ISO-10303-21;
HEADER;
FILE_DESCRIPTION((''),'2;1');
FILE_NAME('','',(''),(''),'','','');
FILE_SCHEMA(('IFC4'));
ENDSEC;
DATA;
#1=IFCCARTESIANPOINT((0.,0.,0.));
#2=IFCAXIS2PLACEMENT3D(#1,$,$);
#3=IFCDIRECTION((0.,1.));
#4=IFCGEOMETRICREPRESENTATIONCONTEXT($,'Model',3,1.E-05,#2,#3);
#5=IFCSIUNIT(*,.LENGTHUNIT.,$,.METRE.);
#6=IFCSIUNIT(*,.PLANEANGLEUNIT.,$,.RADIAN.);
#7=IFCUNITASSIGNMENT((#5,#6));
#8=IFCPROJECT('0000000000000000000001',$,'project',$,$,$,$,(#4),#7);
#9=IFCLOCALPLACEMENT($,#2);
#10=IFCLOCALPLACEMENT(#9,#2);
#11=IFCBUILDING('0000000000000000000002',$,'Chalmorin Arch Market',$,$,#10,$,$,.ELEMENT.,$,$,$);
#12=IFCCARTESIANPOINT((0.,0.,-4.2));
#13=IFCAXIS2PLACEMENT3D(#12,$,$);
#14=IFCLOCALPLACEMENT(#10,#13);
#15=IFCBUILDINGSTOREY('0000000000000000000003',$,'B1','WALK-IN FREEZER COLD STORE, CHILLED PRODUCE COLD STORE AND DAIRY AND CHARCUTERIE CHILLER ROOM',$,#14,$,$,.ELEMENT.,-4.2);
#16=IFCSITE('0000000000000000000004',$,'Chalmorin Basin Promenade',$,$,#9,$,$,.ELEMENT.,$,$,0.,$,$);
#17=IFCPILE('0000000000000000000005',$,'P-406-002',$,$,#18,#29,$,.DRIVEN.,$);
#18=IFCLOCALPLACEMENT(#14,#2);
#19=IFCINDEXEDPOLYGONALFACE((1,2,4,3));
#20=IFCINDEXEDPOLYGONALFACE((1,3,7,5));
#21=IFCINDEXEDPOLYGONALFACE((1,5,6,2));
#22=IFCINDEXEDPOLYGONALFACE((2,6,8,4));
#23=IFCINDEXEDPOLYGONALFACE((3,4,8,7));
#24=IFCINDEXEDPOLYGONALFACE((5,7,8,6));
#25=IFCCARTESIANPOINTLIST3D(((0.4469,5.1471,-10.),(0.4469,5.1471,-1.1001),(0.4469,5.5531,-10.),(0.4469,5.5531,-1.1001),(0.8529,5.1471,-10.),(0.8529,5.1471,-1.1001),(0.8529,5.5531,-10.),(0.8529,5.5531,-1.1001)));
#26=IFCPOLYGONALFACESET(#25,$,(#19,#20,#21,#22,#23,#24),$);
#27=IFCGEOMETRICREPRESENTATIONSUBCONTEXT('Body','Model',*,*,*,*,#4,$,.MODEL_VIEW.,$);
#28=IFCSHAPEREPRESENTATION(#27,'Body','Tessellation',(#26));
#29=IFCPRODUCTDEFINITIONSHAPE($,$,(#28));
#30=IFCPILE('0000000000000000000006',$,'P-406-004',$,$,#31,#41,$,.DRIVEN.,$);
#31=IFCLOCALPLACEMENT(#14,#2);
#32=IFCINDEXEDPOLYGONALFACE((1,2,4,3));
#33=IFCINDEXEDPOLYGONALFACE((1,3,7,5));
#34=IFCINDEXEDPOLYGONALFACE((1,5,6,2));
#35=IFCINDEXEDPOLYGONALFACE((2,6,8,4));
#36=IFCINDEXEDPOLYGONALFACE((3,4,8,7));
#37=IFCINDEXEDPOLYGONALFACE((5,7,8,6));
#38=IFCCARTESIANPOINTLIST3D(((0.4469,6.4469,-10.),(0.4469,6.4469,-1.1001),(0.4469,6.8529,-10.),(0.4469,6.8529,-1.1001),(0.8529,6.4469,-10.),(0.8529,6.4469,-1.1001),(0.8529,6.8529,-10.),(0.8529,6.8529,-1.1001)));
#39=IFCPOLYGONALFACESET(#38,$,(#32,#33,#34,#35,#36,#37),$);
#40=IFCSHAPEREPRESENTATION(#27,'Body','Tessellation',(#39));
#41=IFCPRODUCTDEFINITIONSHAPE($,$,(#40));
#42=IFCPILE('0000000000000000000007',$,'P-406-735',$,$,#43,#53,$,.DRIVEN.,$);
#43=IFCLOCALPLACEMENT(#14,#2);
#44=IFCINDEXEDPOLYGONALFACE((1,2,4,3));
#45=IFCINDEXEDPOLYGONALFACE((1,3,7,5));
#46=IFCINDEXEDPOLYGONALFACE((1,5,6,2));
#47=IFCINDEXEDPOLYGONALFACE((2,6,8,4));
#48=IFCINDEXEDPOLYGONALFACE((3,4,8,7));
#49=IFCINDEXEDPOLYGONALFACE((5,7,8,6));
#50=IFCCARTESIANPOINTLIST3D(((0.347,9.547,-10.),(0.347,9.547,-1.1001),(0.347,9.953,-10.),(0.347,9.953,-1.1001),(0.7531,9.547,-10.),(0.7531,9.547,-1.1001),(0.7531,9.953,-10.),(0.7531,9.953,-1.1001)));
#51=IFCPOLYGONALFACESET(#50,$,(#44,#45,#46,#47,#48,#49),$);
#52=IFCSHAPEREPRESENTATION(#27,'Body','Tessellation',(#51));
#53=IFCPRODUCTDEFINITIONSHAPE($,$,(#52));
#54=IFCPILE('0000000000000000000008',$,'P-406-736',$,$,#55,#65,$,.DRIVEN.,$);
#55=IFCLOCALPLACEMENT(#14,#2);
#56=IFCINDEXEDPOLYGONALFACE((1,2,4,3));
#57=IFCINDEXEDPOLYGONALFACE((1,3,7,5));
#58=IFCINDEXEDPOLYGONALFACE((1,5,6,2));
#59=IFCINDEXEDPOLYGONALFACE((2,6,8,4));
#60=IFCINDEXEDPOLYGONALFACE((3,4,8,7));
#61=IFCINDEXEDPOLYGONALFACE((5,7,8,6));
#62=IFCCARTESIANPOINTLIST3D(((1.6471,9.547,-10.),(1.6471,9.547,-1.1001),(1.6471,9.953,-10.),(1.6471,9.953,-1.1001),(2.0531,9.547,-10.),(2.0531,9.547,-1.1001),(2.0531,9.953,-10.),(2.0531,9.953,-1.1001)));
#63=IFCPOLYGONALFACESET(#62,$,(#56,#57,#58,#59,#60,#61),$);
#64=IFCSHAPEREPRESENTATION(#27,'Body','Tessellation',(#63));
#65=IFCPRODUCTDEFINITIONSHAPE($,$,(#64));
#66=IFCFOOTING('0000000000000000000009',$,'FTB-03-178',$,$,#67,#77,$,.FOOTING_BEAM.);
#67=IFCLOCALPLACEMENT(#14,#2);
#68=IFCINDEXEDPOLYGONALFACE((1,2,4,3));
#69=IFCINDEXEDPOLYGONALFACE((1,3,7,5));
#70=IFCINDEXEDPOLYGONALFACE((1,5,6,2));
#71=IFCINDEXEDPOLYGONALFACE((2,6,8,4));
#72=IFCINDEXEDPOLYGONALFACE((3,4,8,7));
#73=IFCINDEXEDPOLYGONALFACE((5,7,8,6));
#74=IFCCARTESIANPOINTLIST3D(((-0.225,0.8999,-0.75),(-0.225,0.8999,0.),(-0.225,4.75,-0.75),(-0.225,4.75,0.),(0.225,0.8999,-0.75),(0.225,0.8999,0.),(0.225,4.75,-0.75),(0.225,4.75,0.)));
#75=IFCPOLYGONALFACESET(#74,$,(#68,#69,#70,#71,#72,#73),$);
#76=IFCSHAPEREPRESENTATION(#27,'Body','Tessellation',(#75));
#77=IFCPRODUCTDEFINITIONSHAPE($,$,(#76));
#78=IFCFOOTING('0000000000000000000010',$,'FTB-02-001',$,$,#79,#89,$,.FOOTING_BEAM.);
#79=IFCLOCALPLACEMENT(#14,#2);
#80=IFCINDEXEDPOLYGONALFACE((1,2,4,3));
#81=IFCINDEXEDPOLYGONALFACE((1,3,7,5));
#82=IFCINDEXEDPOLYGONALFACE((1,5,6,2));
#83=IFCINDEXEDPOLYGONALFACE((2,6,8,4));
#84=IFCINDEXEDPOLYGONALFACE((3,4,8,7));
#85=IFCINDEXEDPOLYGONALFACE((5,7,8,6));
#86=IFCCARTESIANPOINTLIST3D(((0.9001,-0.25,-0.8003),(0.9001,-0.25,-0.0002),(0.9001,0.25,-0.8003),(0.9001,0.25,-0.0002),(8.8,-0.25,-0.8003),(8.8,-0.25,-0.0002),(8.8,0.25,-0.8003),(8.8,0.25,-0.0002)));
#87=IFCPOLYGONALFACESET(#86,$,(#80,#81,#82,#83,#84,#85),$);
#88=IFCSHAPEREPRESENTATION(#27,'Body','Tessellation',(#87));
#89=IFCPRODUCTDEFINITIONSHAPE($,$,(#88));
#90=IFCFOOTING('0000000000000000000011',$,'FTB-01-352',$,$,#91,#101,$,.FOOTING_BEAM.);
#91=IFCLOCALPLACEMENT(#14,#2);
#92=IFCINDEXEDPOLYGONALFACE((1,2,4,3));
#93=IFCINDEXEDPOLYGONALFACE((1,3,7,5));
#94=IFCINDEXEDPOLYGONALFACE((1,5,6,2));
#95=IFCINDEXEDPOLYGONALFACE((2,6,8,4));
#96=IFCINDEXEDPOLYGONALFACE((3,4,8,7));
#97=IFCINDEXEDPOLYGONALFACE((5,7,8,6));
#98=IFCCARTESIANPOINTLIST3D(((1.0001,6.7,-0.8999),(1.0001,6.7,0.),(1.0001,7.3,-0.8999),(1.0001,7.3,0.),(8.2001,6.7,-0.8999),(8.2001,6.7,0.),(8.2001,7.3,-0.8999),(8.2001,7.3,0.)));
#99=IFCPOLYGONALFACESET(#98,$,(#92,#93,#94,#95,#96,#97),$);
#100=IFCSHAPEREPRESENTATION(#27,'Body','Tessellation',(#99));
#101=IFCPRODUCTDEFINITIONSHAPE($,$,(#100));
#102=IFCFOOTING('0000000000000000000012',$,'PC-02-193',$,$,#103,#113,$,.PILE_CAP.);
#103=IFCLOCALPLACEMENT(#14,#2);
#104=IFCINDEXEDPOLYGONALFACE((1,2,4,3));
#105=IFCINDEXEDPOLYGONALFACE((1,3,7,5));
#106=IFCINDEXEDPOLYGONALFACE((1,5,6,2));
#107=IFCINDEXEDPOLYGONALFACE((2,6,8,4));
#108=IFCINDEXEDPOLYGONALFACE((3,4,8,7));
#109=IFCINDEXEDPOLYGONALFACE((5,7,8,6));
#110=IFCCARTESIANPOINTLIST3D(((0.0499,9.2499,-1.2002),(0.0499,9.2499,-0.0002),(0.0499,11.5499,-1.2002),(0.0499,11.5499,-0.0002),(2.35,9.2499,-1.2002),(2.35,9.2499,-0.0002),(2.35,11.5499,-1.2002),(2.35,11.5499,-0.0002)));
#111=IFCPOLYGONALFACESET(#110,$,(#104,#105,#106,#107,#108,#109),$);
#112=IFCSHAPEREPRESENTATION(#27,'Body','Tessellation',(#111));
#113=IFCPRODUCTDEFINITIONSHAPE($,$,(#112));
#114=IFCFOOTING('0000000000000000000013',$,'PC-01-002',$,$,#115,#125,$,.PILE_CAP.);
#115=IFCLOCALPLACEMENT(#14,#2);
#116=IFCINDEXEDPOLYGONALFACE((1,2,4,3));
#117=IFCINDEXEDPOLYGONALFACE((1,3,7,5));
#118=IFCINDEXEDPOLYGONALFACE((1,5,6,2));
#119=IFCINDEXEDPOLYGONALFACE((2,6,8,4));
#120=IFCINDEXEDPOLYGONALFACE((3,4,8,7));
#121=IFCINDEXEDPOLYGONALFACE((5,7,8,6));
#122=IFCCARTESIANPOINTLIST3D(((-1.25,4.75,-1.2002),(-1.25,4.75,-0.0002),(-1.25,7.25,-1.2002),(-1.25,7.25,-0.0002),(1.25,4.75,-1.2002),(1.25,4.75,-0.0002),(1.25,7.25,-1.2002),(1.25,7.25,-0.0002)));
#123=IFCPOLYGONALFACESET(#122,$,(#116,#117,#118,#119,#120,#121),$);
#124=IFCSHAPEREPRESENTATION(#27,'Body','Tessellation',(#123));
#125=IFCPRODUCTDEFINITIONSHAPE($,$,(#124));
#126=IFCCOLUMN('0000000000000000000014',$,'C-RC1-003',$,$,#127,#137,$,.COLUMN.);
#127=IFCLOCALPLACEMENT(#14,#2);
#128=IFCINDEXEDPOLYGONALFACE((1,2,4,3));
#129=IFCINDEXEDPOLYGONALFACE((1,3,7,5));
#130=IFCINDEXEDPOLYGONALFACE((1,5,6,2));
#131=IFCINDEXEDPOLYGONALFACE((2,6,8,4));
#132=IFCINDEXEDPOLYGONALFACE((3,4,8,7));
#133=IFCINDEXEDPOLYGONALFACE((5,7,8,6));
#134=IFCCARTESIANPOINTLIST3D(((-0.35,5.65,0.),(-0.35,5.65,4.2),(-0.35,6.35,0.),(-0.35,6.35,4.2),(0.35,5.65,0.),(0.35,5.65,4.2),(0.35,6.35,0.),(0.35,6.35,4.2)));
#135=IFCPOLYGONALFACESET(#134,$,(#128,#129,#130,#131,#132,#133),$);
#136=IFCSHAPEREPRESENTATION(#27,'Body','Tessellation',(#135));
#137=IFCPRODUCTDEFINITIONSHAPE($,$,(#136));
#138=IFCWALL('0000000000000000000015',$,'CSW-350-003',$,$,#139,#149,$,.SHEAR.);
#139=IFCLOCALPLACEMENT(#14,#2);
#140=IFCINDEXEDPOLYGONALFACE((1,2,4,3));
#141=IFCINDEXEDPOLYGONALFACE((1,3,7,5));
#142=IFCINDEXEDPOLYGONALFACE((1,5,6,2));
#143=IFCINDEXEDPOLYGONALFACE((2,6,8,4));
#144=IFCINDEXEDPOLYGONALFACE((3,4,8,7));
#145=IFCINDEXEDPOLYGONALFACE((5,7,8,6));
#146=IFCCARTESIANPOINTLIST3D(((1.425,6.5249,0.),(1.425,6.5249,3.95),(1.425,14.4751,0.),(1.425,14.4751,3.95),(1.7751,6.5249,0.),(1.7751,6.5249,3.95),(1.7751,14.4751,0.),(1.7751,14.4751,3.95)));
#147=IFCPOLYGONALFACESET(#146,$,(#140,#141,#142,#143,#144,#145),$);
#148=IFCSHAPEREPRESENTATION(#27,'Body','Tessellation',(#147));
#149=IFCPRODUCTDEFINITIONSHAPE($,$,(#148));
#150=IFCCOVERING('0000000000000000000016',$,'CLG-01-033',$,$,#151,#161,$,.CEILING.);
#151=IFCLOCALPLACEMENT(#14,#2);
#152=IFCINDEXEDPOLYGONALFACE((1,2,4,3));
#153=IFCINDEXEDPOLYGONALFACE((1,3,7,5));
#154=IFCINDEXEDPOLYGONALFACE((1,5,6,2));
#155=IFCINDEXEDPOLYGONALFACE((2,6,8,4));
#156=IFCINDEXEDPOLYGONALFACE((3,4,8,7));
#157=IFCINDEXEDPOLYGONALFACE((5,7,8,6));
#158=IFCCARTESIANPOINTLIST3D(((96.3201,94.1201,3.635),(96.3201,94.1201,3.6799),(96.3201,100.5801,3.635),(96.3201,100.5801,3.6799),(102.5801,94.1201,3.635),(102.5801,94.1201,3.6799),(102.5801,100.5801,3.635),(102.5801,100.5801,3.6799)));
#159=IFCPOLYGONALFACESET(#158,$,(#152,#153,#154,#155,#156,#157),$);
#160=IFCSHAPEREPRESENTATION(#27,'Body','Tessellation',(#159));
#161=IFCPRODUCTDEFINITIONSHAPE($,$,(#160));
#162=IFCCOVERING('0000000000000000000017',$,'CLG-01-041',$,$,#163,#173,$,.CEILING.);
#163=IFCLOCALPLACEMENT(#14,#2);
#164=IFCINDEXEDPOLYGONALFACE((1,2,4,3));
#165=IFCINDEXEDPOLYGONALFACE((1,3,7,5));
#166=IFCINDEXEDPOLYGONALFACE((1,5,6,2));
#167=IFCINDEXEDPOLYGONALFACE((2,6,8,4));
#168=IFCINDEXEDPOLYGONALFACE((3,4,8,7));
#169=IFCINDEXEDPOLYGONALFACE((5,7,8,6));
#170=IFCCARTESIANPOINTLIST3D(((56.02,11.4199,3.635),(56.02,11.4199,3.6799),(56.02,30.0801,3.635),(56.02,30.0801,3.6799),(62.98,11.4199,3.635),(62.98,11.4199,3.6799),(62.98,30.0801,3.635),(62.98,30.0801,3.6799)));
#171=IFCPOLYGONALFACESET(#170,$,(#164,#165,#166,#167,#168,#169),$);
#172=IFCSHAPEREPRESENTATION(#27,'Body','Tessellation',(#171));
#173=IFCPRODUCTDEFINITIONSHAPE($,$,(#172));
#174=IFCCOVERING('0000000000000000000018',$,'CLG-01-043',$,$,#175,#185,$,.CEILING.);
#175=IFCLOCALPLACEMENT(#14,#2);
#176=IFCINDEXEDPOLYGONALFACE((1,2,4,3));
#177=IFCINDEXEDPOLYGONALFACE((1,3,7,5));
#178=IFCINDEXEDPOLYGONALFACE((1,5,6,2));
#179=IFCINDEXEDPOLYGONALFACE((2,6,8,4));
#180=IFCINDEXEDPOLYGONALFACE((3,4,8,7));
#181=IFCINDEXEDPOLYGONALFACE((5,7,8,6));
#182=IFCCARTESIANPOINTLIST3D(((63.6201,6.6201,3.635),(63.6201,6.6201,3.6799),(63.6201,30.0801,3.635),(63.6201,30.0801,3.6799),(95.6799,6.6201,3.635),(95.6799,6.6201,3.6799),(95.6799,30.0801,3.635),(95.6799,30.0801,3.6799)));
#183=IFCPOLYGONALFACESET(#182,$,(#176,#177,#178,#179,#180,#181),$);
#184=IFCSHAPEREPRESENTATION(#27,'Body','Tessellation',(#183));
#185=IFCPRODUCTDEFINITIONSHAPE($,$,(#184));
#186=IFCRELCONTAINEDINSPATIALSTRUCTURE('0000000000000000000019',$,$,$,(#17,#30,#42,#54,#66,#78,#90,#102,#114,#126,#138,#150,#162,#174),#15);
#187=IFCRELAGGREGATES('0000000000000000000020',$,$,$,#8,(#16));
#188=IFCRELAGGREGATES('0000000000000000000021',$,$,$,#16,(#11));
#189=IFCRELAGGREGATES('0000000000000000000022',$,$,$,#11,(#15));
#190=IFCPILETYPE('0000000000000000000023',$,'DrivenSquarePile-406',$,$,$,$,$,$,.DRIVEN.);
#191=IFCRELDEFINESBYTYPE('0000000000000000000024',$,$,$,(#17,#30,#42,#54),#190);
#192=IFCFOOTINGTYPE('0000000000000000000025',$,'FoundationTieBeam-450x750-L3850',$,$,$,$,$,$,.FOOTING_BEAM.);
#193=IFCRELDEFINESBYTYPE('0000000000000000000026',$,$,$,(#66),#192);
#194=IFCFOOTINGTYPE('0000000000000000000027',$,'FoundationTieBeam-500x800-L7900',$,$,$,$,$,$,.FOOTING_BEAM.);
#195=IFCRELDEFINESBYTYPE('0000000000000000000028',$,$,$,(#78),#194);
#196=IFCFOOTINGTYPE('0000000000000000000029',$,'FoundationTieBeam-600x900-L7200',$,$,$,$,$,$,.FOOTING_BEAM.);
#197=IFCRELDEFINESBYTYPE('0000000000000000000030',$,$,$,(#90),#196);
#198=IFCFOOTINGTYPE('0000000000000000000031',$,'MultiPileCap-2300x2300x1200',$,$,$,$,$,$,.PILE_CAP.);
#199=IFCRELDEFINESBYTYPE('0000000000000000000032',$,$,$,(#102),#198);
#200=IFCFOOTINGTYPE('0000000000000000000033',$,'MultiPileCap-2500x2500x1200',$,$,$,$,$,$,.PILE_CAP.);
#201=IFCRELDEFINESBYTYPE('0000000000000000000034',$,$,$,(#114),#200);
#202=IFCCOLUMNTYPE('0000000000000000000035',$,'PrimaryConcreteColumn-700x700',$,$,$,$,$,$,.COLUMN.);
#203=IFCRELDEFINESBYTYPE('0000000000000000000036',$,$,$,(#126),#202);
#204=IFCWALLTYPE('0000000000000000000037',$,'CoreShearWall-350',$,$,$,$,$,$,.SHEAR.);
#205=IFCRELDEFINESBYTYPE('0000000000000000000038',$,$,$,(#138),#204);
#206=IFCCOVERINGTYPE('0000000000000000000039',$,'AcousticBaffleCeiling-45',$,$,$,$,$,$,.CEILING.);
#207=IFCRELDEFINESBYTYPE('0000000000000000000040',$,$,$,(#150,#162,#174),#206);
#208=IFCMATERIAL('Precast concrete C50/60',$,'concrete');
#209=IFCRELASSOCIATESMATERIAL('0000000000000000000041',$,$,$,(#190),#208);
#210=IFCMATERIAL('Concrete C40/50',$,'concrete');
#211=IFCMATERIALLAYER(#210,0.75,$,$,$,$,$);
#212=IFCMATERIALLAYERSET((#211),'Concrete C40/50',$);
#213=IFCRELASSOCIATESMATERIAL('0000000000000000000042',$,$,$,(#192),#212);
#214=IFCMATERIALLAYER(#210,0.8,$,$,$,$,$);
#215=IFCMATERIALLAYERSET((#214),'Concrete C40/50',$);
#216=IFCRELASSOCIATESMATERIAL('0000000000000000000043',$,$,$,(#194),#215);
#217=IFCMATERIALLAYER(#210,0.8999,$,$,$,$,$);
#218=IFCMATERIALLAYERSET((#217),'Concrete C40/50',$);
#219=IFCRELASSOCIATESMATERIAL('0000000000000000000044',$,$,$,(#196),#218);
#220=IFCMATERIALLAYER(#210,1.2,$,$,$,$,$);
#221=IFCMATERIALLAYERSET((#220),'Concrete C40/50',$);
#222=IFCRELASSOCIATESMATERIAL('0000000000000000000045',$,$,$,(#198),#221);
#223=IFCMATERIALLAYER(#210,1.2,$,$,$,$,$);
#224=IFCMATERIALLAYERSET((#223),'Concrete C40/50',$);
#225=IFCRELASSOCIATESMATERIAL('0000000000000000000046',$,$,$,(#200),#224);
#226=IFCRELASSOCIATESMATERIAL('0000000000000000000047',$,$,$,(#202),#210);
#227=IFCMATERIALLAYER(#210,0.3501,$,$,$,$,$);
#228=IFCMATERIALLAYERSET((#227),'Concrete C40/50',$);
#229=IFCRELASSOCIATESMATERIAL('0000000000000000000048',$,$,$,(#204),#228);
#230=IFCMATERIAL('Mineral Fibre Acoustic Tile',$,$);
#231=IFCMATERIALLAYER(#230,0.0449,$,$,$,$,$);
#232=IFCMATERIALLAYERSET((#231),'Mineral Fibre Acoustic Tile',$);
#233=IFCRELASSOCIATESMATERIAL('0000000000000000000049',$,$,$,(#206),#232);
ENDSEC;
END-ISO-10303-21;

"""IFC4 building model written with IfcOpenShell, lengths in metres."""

from ifc_helpers import new_model, si_unit, direction, frame, frame_2d, origin, origin_2d, place, context, subcontext, project, spatial, polyline, rectangle, outline, extrude, material, layer, layer_set, material_profile, profile_set, type_object, element, save


model = new_model("IFC4")

# Units and contexts
model_context = context("Model", 3, precision=1e-05, world=origin(), true_north=direction((0.0, 1.0)))
body_context = subcontext(model_context, "Body", "Model", "MODEL_VIEW")
ifc_project = project(units=[si_unit("LENGTHUNIT", "METRE"), si_unit("PLANEANGLEUNIT", "RADIAN")], contexts=[model_context])

# Site, building, storey
site_placement = place(None, origin())
site = spatial("IfcSite", under=ifc_project, at=site_placement, Name="Chalmorin Basin Promenade", CompositionType="ELEMENT", RefElevation=0.0)
building_placement = place(site_placement, origin())
building = spatial("IfcBuilding", under=site, at=building_placement, Name="Chalmorin Arch Market", CompositionType="ELEMENT")
storey_placement = place(building_placement, frame((0.0, 0.0, -4.2)))
storey = spatial("IfcBuildingStorey", under=building, at=storey_placement, Name="B1", Description="WALK-IN FREEZER COLD STORE, CHILLED PRODUCE COLD STORE AND DAIRY AND CHARCUTERIE CHILLER ROOM", CompositionType="ELEMENT", Elevation=-4.2)

# Piles
ifc_material_1 = material(Name="Precast concrete C50/60", Category="concrete")
ifc_material_profile_1 = material_profile(ifc_material_1, rectangle(XDim=0.406, YDim=0.406, at=origin_2d()), Name="PPC406")
ifc_profile_set_1 = profile_set([ifc_material_profile_1], Name="Precast concrete C50/60")
pile_type = type_object("IfcPileType", Name="DrivenSquarePile-406", PredefinedType="DRIVEN", material=ifc_profile_set_1)
for number, where, z_axis, x_axis, name in (
    (1, (0.6499, 5.3501, -1.1001), (0.0, 0.0, -1.0), (1.0, 0.0, 0.0), "P-406-002"),
    (2, (0.6499, 6.6499, -1.1001), (0.0, 0.0, -1.0), (1.0, 0.0, 0.0), "P-406-004"),
    (3, (0.55, 9.75, -1.1001), (0.0, 0.0, -1.0), (1.0, 0.0, 0.0), "P-406-735"),
    (4, (1.8501, 9.75, -1.1001), (0.0, 0.0, -1.0), (1.0, 0.0, 0.0), "P-406-736"),
):
    element("IfcPile", number, at=place(storey_placement, frame(where, z_axis=z_axis, x_axis=x_axis)), inside=storey, type_object=pile_type, Name=name, PredefinedType="DRIVEN", context=body_context, shape_type="SweptSolid", body=[
        extrude(rectangle(XDim=0.406, YDim=0.406, at=origin_2d()), origin(), (0.0, 0.0, 1.0), 8.8999),
    ])

# Footings
ifc_material_2 = material(Name="Concrete C40/50", Category="concrete")
ifc_layer_1 = layer(ifc_material_2, 0.75)
ifc_layer_set_1 = layer_set([ifc_layer_1], Name="Concrete C40/50")
footing_type_1 = type_object("IfcFootingType", Name="FoundationTieBeam-450x750-L3850", PredefinedType="FOOTING_BEAM", material=ifc_layer_set_1)
footing_1_placement = place(storey_placement, frame((0.0, 2.825, -0.75), z_axis=(0.0, 0.0, 1.0), x_axis=(0.0, 1.0, 0.0)))
element("IfcFooting", 5, at=footing_1_placement, inside=storey, type_object=footing_type_1, Name="FTB-03-178", PredefinedType="FOOTING_BEAM", context=body_context, shape_type="SweptSolid", body=[
    extrude(rectangle(XDim=3.8501, YDim=0.45, at=origin_2d()), origin(), (0.0, 0.0, 1.0), 0.75),
])
ifc_layer_2 = layer(ifc_material_2, 0.8)
ifc_layer_set_2 = layer_set([ifc_layer_2], Name="Concrete C40/50")
footing_type_2 = type_object("IfcFootingType", Name="FoundationTieBeam-500x800-L7900", PredefinedType="FOOTING_BEAM", material=ifc_layer_set_2)
footing_2_placement = place(storey_placement, frame((4.8501, 0.0, -0.8003), z_axis=(0.0, 0.0, 1.0), x_axis=(1.0, 0.0, 0.0)))
element("IfcFooting", 6, at=footing_2_placement, inside=storey, type_object=footing_type_2, Name="FTB-02-001", PredefinedType="FOOTING_BEAM", context=body_context, shape_type="SweptSolid", body=[
    extrude(rectangle(XDim=7.8999, YDim=0.5, at=origin_2d()), origin(), (0.0, 0.0, 1.0), 0.8),
])
ifc_layer_3 = layer(ifc_material_2, 0.8999)
ifc_layer_set_3 = layer_set([ifc_layer_3], Name="Concrete C40/50")
footing_type_3 = type_object("IfcFootingType", Name="FoundationTieBeam-600x900-L7200", PredefinedType="FOOTING_BEAM", material=ifc_layer_set_3)
footing_3_placement = place(storey_placement, frame((4.6001, 7.0, -0.8999), z_axis=(0.0, 0.0, 1.0), x_axis=(1.0, 0.0, 0.0)))
element("IfcFooting", 7, at=footing_3_placement, inside=storey, type_object=footing_type_3, Name="FTB-01-352", PredefinedType="FOOTING_BEAM", context=body_context, shape_type="SweptSolid", body=[
    extrude(rectangle(XDim=7.2, YDim=0.6001, at=origin_2d()), origin(), (0.0, 0.0, 1.0), 0.8999),
])
ifc_layer_4 = layer(ifc_material_2, 1.2)
ifc_layer_set_4 = layer_set([ifc_layer_4], Name="Concrete C40/50")
footing_type_4 = type_object("IfcFootingType", Name="MultiPileCap-2300x2300x1200", PredefinedType="PILE_CAP", material=ifc_layer_set_4)
footing_4_placement = place(storey_placement, frame((1.2, 10.3999, -1.2002), z_axis=(0.0, 0.0, 1.0), x_axis=(1.0, 0.0, 0.0)))
element("IfcFooting", 8, at=footing_4_placement, inside=storey, type_object=footing_type_4, Name="PC-02-193", PredefinedType="PILE_CAP", context=body_context, shape_type="SweptSolid", body=[
    extrude(rectangle(XDim=2.3, YDim=2.3, at=origin_2d()), origin(), (0.0, 0.0, 1.0), 1.2),
])
ifc_layer_5 = layer(ifc_material_2, 1.2)
ifc_layer_set_5 = layer_set([ifc_layer_5], Name="Concrete C40/50")
footing_type_5 = type_object("IfcFootingType", Name="MultiPileCap-2500x2500x1200", PredefinedType="PILE_CAP", material=ifc_layer_set_5)
footing_5_placement = place(storey_placement, frame((0.0, 6.0, -1.2002), z_axis=(0.0, 0.0, 1.0), x_axis=(1.0, 0.0, 0.0)))
element("IfcFooting", 9, at=footing_5_placement, inside=storey, type_object=footing_type_5, Name="PC-01-002", PredefinedType="PILE_CAP", context=body_context, shape_type="SweptSolid", body=[
    extrude(rectangle(XDim=2.5, YDim=2.5, at=origin_2d()), origin(), (0.0, 0.0, 1.0), 1.2),
])

# Column
ifc_material_profile_2 = material_profile(ifc_material_2, rectangle(XDim=0.7, YDim=0.7, at=origin_2d()), Name="RC700X700")
ifc_profile_set_2 = profile_set([ifc_material_profile_2], Name="Concrete C40/50")
column_type = type_object("IfcColumnType", Name="PrimaryConcreteColumn-700x700", PredefinedType="COLUMN", material=ifc_profile_set_2)
column_placement = place(storey_placement, frame((0.0, 6.0, 0.0), z_axis=(0.0, 0.0, 1.0), x_axis=(1.0, 0.0, 0.0)))
element("IfcColumn", 10, at=column_placement, inside=storey, type_object=column_type, Name="C-RC1-003", PredefinedType="COLUMN", context=body_context, shape_type="SweptSolid", body=[
    extrude(rectangle(XDim=0.7, YDim=0.7, at=origin_2d()), origin(), (0.0, 0.0, 1.0), 4.2),
])

# Wall
ifc_layer_6 = layer(ifc_material_2, 0.3501)
ifc_layer_set_6 = layer_set([ifc_layer_6], Name="Concrete C40/50")
wall_type = type_object("IfcWallType", Name="CoreShearWall-350", PredefinedType="SHEAR", material=ifc_layer_set_6)
wall_placement = place(storey_placement, frame((1.6001, 6.5249, 0.0), z_axis=(0.0, 0.0, 1.0), x_axis=(0.0, 1.0, 0.0)))
element("IfcWall", 11, at=wall_placement, inside=storey, type_object=wall_type, Name="CSW-350-003", PredefinedType="SHEAR", context=body_context, shape_type="SweptSolid", body=[
    extrude(rectangle(XDim=7.9502, YDim=0.3501, at=frame_2d((3.9751, 0.0))), origin(), (0.0, 0.0, 1.0), 3.95),
])

# Coverings
ifc_material_3 = material(Name="Mineral Fibre Acoustic Tile")
ifc_layer_7 = layer(ifc_material_3, 0.0449)
ifc_layer_set_7 = layer_set([ifc_layer_7], Name="Mineral Fibre Acoustic Tile")
covering_type_1 = type_object("IfcCoveringType", Name="AcousticBaffleCeiling-45", PredefinedType="CEILING", material=ifc_layer_set_7)
covering_1_placement = place(storey_placement, frame((0.0, 0.0, 3.635)))
element("IfcCovering", 12, at=covering_1_placement, inside=storey, type_object=covering_type_1, Name="CLG-01-033", PredefinedType="CEILING", context=body_context, shape_type="SweptSolid", body=[
    extrude(outline(polyline([(96.3201, 94.1201), (102.5801, 94.1201), (102.5801, 100.5801), (96.3201, 100.5801), (96.3201, 94.1201)])), origin(), (0.0, 0.0, 1.0), 0.0449),
])
covering_2_placement = place(storey_placement, frame((0.0, 0.0, 3.635)))
element("IfcCovering", 13, at=covering_2_placement, inside=storey, type_object=covering_type_1, Name="CLG-01-041", PredefinedType="CEILING", context=body_context, shape_type="SweptSolid", body=[
    extrude(outline(polyline([(56.02, 11.4199), (62.98, 11.4199), (62.98, 30.0801), (56.02, 30.0801), (56.02, 11.4199)])), origin(), (0.0, 0.0, 1.0), 0.0449),
])
covering_3_placement = place(storey_placement, frame((0.0, 0.0, 3.635)))
element("IfcCovering", 14, at=covering_3_placement, inside=storey, type_object=covering_type_1, Name="CLG-01-043", PredefinedType="CEILING", context=body_context, shape_type="SweptSolid", body=[
    extrude(outline(polyline([(63.6201, 6.6201), (95.6799, 6.6201), (95.6799, 30.0801), (63.6201, 30.0801), (63.6201, 6.6201)])), origin(), (0.0, 0.0, 1.0), 0.0449),
])

save(model, "model.ifc")
